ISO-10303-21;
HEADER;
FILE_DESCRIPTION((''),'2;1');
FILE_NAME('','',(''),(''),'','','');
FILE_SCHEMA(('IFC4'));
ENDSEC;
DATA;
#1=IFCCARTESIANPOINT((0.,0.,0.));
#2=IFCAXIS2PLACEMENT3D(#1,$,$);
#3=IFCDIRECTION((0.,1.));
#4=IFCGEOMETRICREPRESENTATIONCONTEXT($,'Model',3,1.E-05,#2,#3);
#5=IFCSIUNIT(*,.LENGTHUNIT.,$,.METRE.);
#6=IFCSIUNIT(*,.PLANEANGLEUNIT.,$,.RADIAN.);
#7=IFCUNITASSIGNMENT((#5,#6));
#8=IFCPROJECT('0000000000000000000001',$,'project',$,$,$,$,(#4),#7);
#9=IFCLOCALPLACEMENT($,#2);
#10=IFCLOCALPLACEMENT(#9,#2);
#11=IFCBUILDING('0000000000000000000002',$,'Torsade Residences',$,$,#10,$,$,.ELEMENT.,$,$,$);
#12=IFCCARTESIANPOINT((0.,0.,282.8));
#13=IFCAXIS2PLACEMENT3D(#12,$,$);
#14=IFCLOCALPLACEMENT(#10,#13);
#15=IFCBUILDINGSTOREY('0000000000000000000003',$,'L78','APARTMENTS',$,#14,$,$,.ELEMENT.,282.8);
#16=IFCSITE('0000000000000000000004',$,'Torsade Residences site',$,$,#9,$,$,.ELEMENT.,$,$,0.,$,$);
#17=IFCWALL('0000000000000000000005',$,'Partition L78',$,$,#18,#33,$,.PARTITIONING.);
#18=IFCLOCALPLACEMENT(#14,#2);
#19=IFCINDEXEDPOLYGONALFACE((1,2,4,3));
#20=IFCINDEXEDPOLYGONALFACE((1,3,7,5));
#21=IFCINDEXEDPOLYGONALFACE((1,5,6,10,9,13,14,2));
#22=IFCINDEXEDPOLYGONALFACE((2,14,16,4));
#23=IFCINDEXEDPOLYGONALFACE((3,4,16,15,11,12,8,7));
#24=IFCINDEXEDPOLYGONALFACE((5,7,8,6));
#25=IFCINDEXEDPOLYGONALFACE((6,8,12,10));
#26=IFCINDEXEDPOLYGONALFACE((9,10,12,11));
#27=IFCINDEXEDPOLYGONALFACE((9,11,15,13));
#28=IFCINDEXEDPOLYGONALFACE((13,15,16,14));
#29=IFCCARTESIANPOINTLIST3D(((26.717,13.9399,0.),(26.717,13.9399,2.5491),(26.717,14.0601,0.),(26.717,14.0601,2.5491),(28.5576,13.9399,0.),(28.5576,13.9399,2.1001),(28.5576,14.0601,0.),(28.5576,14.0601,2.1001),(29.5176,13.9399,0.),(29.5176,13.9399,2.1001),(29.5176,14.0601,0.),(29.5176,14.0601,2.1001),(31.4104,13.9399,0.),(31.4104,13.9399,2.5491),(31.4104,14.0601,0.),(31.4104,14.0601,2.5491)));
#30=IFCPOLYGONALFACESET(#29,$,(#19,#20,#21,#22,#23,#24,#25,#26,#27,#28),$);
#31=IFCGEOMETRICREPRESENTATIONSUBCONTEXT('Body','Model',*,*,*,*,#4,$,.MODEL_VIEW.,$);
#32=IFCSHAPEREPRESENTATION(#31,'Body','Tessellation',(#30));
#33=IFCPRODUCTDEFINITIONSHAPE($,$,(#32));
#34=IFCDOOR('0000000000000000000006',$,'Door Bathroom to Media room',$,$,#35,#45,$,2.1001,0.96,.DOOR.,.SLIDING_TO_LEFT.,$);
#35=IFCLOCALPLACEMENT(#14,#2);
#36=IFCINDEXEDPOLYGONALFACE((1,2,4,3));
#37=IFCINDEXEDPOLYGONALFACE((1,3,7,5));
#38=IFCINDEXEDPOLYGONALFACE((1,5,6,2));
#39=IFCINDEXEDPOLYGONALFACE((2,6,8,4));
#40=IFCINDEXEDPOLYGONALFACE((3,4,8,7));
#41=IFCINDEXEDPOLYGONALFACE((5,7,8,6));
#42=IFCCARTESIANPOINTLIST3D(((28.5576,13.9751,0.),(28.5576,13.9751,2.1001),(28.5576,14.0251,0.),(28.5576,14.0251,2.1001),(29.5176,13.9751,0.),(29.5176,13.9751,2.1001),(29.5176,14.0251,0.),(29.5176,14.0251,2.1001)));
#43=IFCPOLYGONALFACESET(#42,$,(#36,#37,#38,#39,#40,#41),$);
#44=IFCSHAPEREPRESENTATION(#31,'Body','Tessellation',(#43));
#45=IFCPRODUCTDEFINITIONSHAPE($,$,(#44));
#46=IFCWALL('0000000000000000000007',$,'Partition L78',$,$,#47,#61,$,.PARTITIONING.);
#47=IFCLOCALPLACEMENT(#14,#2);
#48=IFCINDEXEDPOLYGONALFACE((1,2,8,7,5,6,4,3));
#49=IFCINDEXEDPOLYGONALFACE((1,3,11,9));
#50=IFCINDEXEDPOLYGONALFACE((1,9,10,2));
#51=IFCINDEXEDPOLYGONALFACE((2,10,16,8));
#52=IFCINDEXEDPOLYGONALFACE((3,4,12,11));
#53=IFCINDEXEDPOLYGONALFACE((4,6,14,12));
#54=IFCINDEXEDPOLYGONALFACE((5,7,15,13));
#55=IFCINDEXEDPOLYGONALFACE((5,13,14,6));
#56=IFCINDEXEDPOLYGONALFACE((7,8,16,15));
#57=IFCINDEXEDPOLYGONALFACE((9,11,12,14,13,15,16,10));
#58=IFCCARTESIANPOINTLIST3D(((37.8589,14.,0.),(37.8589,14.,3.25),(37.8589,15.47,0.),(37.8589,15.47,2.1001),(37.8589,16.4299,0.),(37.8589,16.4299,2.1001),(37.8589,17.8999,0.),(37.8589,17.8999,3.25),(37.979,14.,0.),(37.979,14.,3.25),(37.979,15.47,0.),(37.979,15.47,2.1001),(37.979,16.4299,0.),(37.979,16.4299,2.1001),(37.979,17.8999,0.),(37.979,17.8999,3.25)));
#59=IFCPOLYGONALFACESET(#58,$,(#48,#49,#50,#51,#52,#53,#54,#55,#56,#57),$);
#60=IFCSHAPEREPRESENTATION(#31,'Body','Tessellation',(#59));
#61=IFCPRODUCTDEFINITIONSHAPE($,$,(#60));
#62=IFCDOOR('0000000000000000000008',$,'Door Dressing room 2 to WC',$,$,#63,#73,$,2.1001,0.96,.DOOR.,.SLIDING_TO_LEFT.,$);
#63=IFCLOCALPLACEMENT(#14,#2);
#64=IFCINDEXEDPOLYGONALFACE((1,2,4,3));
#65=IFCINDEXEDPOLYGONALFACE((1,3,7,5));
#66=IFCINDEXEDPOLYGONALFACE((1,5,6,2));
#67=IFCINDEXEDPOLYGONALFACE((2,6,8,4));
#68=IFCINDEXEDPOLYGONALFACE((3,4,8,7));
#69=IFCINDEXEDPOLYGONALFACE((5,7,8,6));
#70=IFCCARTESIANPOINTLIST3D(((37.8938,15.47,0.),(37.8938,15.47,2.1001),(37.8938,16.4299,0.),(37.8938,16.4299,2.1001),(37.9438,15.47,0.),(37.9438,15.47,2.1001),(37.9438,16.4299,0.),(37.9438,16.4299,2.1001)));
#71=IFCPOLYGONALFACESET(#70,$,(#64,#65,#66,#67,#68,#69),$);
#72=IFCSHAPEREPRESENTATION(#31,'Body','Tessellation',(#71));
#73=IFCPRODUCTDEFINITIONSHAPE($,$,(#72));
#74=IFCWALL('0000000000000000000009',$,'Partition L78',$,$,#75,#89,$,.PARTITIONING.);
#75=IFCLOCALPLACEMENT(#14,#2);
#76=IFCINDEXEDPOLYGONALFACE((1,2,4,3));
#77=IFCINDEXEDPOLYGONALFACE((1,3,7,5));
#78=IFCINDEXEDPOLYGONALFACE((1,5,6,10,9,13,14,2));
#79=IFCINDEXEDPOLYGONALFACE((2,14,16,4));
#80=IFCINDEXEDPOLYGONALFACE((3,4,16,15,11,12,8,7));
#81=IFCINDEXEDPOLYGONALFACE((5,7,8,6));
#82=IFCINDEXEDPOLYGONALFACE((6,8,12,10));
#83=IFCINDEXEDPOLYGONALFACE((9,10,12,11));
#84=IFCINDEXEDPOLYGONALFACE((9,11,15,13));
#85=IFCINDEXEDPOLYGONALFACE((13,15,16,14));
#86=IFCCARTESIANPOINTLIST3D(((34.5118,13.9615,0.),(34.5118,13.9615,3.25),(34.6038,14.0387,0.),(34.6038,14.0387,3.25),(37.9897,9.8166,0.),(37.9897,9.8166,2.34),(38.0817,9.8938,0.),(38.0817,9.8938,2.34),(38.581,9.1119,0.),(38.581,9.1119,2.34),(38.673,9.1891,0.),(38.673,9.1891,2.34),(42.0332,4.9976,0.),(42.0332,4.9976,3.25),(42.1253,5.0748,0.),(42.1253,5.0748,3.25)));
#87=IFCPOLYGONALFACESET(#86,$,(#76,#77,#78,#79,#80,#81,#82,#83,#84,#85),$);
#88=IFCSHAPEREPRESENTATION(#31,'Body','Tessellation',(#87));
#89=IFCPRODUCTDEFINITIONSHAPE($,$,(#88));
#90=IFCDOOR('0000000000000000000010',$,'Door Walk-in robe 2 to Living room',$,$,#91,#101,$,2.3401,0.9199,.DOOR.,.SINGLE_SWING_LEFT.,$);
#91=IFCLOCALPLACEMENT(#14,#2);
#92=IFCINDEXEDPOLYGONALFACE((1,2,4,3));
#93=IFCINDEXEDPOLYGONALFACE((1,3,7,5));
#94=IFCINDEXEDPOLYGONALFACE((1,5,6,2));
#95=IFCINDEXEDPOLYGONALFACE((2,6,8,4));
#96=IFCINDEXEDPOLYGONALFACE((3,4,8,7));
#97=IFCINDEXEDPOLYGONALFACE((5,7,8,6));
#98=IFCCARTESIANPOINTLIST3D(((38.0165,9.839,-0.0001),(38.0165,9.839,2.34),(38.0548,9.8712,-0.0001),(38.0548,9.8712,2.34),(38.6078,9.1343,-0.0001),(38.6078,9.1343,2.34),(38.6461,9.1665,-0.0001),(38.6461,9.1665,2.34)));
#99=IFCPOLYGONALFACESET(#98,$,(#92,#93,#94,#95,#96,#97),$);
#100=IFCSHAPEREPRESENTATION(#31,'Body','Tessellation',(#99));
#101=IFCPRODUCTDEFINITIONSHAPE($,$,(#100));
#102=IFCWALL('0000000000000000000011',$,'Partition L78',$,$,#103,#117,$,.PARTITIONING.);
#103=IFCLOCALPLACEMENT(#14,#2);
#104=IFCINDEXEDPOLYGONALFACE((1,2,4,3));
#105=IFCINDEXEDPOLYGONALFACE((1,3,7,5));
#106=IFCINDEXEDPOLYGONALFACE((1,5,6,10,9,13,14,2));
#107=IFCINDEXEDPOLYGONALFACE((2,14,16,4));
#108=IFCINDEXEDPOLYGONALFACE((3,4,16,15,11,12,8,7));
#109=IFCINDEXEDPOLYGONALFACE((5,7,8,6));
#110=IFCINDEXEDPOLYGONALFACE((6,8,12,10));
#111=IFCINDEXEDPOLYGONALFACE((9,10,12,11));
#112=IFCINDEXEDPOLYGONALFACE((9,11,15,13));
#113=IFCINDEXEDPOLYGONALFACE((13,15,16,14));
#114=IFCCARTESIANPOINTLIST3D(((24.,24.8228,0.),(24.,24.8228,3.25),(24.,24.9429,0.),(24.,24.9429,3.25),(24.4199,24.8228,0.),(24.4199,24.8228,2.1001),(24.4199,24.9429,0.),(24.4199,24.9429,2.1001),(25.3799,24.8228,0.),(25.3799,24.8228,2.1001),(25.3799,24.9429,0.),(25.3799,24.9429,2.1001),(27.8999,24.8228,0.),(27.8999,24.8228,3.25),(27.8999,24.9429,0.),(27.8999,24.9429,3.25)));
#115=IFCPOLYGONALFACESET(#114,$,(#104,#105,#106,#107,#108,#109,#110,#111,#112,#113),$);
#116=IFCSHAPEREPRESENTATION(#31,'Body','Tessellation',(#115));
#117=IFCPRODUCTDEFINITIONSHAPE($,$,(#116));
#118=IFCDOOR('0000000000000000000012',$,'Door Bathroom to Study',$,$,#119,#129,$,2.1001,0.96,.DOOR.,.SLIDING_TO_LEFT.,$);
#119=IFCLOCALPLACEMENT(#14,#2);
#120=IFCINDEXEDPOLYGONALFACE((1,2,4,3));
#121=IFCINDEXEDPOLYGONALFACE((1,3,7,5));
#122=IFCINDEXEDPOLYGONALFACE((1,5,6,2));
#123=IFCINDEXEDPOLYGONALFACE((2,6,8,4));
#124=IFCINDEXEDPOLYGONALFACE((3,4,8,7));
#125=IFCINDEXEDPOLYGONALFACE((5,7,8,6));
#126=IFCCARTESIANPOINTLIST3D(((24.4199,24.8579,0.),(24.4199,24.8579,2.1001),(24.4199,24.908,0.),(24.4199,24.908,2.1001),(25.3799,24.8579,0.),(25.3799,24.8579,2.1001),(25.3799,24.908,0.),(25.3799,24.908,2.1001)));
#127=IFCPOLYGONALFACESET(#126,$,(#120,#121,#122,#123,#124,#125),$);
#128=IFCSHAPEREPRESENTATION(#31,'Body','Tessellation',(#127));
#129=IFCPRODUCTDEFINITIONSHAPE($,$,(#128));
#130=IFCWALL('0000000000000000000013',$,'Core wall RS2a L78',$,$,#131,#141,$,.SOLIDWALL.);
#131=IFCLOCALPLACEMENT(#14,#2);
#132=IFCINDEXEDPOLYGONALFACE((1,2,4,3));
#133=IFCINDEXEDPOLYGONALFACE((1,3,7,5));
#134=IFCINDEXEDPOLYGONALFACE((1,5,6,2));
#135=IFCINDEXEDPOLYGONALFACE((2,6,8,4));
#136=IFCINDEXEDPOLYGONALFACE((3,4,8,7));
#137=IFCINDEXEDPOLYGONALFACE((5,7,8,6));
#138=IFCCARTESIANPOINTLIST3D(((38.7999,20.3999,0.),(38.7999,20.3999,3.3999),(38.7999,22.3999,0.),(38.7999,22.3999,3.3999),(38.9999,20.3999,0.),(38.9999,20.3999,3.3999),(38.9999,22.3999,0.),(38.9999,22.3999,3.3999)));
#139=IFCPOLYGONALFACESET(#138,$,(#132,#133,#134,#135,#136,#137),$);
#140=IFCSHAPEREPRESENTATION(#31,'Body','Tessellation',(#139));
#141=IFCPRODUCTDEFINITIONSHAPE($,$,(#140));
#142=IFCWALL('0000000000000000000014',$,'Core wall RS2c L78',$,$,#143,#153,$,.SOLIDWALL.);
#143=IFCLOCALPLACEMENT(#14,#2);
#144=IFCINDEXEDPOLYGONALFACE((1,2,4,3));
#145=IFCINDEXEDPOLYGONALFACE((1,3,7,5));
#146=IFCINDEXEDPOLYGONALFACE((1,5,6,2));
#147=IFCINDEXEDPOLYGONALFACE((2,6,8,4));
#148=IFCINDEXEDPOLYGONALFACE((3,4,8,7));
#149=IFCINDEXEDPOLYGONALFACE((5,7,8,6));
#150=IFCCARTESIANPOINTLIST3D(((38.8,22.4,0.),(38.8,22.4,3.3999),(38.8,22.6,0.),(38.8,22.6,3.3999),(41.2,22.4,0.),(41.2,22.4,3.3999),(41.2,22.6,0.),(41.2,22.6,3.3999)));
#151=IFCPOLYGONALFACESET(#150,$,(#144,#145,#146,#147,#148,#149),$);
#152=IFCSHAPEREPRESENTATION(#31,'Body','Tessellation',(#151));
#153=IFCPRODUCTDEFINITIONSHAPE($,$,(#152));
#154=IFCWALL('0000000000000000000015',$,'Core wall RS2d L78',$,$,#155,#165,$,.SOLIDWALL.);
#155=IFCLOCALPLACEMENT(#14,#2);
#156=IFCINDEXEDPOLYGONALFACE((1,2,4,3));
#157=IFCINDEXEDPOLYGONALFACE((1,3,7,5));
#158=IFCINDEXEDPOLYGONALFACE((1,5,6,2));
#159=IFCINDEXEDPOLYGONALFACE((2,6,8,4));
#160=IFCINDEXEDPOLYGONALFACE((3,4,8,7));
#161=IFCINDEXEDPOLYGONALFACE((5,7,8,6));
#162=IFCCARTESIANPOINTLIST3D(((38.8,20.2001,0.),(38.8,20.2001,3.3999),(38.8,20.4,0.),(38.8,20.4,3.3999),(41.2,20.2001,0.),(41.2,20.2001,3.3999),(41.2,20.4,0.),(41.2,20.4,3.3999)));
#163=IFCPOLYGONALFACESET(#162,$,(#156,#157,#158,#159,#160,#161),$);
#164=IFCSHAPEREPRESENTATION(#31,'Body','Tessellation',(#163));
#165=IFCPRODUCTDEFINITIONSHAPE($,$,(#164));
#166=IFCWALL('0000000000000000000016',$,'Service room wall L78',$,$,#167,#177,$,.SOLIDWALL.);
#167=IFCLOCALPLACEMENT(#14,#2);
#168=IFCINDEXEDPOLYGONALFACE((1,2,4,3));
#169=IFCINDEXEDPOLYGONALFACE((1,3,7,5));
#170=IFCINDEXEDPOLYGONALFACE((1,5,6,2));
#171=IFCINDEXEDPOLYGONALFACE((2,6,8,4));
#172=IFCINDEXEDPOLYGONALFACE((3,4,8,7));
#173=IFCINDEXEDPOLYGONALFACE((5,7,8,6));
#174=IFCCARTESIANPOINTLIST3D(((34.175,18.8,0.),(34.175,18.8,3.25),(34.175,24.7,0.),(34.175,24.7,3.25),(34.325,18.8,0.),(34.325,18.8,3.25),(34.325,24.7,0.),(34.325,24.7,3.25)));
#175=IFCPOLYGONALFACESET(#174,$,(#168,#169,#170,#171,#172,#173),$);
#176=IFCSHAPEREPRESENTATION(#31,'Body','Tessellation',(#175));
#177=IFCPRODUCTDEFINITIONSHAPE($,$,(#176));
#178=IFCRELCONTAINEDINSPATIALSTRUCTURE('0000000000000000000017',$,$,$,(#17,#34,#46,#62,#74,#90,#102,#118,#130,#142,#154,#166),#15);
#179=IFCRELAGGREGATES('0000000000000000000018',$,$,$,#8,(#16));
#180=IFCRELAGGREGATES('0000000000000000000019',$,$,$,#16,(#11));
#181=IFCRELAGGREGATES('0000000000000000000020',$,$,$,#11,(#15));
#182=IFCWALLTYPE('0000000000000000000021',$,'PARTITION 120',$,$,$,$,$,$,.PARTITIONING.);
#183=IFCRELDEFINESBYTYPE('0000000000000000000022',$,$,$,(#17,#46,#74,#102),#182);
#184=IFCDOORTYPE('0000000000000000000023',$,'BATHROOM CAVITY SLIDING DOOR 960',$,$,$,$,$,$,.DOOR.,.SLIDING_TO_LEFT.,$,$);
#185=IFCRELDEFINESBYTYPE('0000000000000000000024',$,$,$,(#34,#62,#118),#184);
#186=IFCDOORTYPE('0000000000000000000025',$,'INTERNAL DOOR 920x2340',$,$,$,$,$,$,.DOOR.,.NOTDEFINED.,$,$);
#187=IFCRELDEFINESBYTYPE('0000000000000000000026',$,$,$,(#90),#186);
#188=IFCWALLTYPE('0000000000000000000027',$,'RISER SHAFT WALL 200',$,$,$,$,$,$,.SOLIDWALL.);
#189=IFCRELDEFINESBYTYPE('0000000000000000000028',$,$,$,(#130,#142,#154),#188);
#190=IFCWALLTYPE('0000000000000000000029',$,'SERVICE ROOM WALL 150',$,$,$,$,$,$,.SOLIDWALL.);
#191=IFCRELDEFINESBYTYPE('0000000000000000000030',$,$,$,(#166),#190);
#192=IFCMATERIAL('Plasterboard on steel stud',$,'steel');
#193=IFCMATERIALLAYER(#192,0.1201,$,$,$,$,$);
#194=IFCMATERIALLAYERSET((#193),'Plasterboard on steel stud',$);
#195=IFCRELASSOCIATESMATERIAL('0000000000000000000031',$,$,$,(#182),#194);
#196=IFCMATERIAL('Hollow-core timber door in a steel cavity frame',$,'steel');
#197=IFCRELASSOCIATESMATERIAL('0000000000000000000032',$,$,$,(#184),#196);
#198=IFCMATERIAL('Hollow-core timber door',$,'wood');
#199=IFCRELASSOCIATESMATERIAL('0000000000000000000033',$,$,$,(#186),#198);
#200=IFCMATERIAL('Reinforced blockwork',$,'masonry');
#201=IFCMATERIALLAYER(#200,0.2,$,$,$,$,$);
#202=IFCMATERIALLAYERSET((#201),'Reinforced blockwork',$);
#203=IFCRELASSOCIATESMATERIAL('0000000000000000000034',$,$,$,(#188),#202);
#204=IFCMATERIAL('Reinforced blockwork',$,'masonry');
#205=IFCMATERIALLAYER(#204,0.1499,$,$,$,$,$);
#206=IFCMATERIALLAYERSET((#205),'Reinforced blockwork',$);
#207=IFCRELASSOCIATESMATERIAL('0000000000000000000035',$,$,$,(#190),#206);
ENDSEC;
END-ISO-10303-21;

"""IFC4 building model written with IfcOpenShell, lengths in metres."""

from ifc_helpers import new_model, si_unit, direction, frame, frame_2d, origin, place, context, subcontext, project, spatial, rectangle, extrude, material, layer, layer_set, type_object, element, fill, save


model = new_model("IFC4")

# Units and contexts
model_context = context("Model", 3, precision=1e-05, world=origin(), true_north=direction((0.0, 1.0)))
body_context = subcontext(model_context, "Body", "Model", "MODEL_VIEW")
ifc_project = project(units=[si_unit("LENGTHUNIT", "METRE"), si_unit("PLANEANGLEUNIT", "RADIAN")], contexts=[model_context])

# Site, building, storey
site_placement = place(None, origin())
site = spatial("IfcSite", under=ifc_project, at=site_placement, Name="Torsade Residences site", CompositionType="ELEMENT", RefElevation=0.0)
building_placement = place(site_placement, origin())
building = spatial("IfcBuilding", under=site, at=building_placement, Name="Torsade Residences", CompositionType="ELEMENT")
storey_placement = place(building_placement, frame((0.0, 0.0, 282.8)))
storey = spatial("IfcBuildingStorey", under=building, at=storey_placement, Name="L78", Description="APARTMENTS", CompositionType="ELEMENT", Elevation=282.8)

# Walls, openings, doors
ifc_material_1 = material(Name="Plasterboard on steel stud", Category="steel")
ifc_layer_1 = layer(ifc_material_1, 0.1201)
ifc_layer_set_1 = layer_set([ifc_layer_1], Name="Plasterboard on steel stud")
wall_type_1 = type_object("IfcWallType", Name="PARTITION 120", PredefinedType="PARTITIONING", material=ifc_layer_set_1)
wall_1_placement = place(storey_placement, frame((31.4104, 14.0, 0.0), z_axis=(0.0, 0.0, 1.0), x_axis=(-1.0, 0.0, 0.0)))
wall_1 = element("IfcWall", 1, at=wall_1_placement, inside=storey, type_object=wall_type_1, Name="Partition L78", PredefinedType="PARTITIONING", context=body_context, shape_type="SweptSolid", body=[
    extrude(rectangle(XDim=4.6934, YDim=0.1201, at=frame_2d((2.3467, 0.0))), origin(), (0.0, 0.0, 1.0), 2.5491),
])
opening_1_placement = place(wall_1_placement, frame((1.8928, 0.0, 0.0)))
opening_1 = element("IfcOpeningElement", 2, at=opening_1_placement, cuts=wall_1, PredefinedType="OPENING", context=body_context, shape_type="SweptSolid", body=[
    extrude(rectangle(XDim=0.96, YDim=2.1001, at=frame_2d((0.48, 1.05))), frame((0.0, 0.0701, 0.0), z_axis=(0.0, -1.0, 0.0), x_axis=(1.0, 0.0, 0.0)), (0.0, 0.0, 1.0), 0.1401),
])
ifc_material_2 = material(Name="Hollow-core timber door in a steel cavity frame", Category="steel")
door_type_1 = type_object("IfcDoorType", Name="BATHROOM CAVITY SLIDING DOOR 960", OperationType="SLIDING_TO_LEFT", PredefinedType="DOOR", material=ifc_material_2)
door_1_placement = place(opening_1_placement, origin())
door_1 = element("IfcDoor", 3, at=door_1_placement, inside=storey, type_object=door_type_1, Name="Door Bathroom to Media room", OperationType="SLIDING_TO_LEFT", OverallHeight=2.1001, OverallWidth=0.96, PredefinedType="DOOR", context=body_context, shape_type="SweptSolid", body=[
    extrude(rectangle(XDim=0.96, YDim=2.1001, at=frame_2d((0.48, 1.05))), frame((0.0, 0.0249, 0.0), z_axis=(0.0, -1.0, 0.0), x_axis=(1.0, 0.0, 0.0)), (0.0, 0.0, 1.0), 0.05),
])
fill(opening_1, door_1)
wall_2_placement = place(storey_placement, frame((37.9189, 17.8999, 0.0), z_axis=(0.0, 0.0, 1.0), x_axis=(0.0, -1.0, 0.0)))
wall_2 = element("IfcWall", 4, at=wall_2_placement, inside=storey, type_object=wall_type_1, Name="Partition L78", PredefinedType="PARTITIONING", context=body_context, shape_type="SweptSolid", body=[
    extrude(rectangle(XDim=3.8999, YDim=0.1201, at=frame_2d((1.95, 0.0))), origin(), (0.0, 0.0, 1.0), 3.25),
])
opening_2_placement = place(wall_2_placement, frame((1.47, 0.0, 0.0)))
opening_2 = element("IfcOpeningElement", 5, at=opening_2_placement, cuts=wall_2, PredefinedType="OPENING", context=body_context, shape_type="SweptSolid", body=[
    extrude(rectangle(XDim=0.96, YDim=2.1001, at=frame_2d((0.48, 1.05))), frame((0.0, 0.0701, 0.0), z_axis=(0.0, -1.0, 0.0), x_axis=(1.0, 0.0, 0.0)), (0.0, 0.0, 1.0), 0.1401),
])
door_2_placement = place(opening_2_placement, origin())
door_2 = element("IfcDoor", 6, at=door_2_placement, inside=storey, type_object=door_type_1, Name="Door Dressing room 2 to WC", OperationType="SLIDING_TO_LEFT", OverallHeight=2.1001, OverallWidth=0.96, PredefinedType="DOOR", context=body_context, shape_type="SweptSolid", body=[
    extrude(rectangle(XDim=0.96, YDim=2.1001, at=frame_2d((0.48, 1.05))), frame((0.0, 0.0249, 0.0), z_axis=(0.0, -1.0, 0.0), x_axis=(1.0, 0.0, 0.0)), (0.0, 0.0, 1.0), 0.05),
])
fill(opening_2, door_2)
wall_3_placement = place(storey_placement, frame((34.5579, 14.0, 0.0), z_axis=(0.0, 0.0, 1.0), x_axis=(0.642783, -0.766048, 0.0)))
wall_3 = element("IfcWall", 7, at=wall_3_placement, inside=storey, type_object=wall_type_1, Name="Partition L78", PredefinedType="PARTITIONING", context=body_context, shape_type="SweptSolid", body=[
    extrude(rectangle(XDim=11.7014, YDim=0.1201, at=frame_2d((5.8506, 0.0))), origin(), (0.0, 0.0, 1.0), 3.25),
])
opening_3_placement = place(wall_3_placement, frame((5.4106, 0.0, 0.0)))
opening_3 = element("IfcOpeningElement", 8, at=opening_3_placement, cuts=wall_3, PredefinedType="OPENING", context=body_context, shape_type="SweptSolid", body=[
    extrude(rectangle(XDim=0.9199, YDim=2.3401, at=frame_2d((0.46, 1.1699))), frame((0.0, 0.0701, 0.0), z_axis=(0.0, -1.0, 0.0), x_axis=(1.0, 0.0, 0.0)), (0.0, 0.0, 1.0), 0.1401),
])
ifc_material_3 = material(Name="Hollow-core timber door", Category="wood")
door_type_2 = type_object("IfcDoorType", Name="INTERNAL DOOR 920x2340", OperationType="NOTDEFINED", PredefinedType="DOOR", material=ifc_material_3)
door_3_placement = place(opening_3_placement, origin())
door_3 = element("IfcDoor", 9, at=door_3_placement, inside=storey, type_object=door_type_2, Name="Door Walk-in robe 2 to Living room", OperationType="SINGLE_SWING_LEFT", OverallHeight=2.3401, OverallWidth=0.9199, PredefinedType="DOOR", context=body_context, shape_type="SweptSolid", body=[
    extrude(rectangle(XDim=0.9199, YDim=2.3401, at=frame_2d((0.46, 1.1699))), frame((0.0, 0.0249, 0.0), z_axis=(0.0, -1.0, 0.0), x_axis=(1.0, 0.0, 0.0)), (0.0, 0.0, 1.0), 0.05),
])
fill(opening_3, door_3)
wall_4_placement = place(storey_placement, frame((27.8999, 24.8828, 0.0), z_axis=(0.0, 0.0, 1.0), x_axis=(-1.0, 0.0, 0.0)))
wall_4 = element("IfcWall", 10, at=wall_4_placement, inside=storey, type_object=wall_type_1, Name="Partition L78", PredefinedType="PARTITIONING", context=body_context, shape_type="SweptSolid", body=[
    extrude(rectangle(XDim=3.8999, YDim=0.1201, at=frame_2d((1.95, 0.0))), origin(), (0.0, 0.0, 1.0), 3.25),
])
opening_4_placement = place(wall_4_placement, frame((2.52, 0.0, 0.0)))
opening_4 = element("IfcOpeningElement", 11, at=opening_4_placement, cuts=wall_4, PredefinedType="OPENING", context=body_context, shape_type="SweptSolid", body=[
    extrude(rectangle(XDim=0.96, YDim=2.1001, at=frame_2d((0.48, 1.05))), frame((0.0, 0.0701, 0.0), z_axis=(0.0, -1.0, 0.0), x_axis=(1.0, 0.0, 0.0)), (0.0, 0.0, 1.0), 0.1401),
])
door_4_placement = place(opening_4_placement, origin())
door_4 = element("IfcDoor", 12, at=door_4_placement, inside=storey, type_object=door_type_1, Name="Door Bathroom to Study", OperationType="SLIDING_TO_LEFT", OverallHeight=2.1001, OverallWidth=0.96, PredefinedType="DOOR", context=body_context, shape_type="SweptSolid", body=[
    extrude(rectangle(XDim=0.96, YDim=2.1001, at=frame_2d((0.48, 1.05))), frame((0.0, 0.0249, 0.0), z_axis=(0.0, -1.0, 0.0), x_axis=(1.0, 0.0, 0.0)), (0.0, 0.0, 1.0), 0.05),
])
fill(opening_4, door_4)

# Walls
ifc_material_4 = material(Name="Reinforced blockwork", Category="masonry")
ifc_layer_2 = layer(ifc_material_4, 0.2)
ifc_layer_set_2 = layer_set([ifc_layer_2], Name="Reinforced blockwork")
wall_type_2 = type_object("IfcWallType", Name="RISER SHAFT WALL 200", PredefinedType="SOLIDWALL", material=ifc_layer_set_2)
wall_5_placement = place(storey_placement, frame((38.8999, 22.3999, 0.0), z_axis=(0.0, 0.0, 1.0), x_axis=(0.0, -1.0, 0.0)))
element("IfcWall", 13, at=wall_5_placement, inside=storey, type_object=wall_type_2, Name="Core wall RS2a L78", PredefinedType="SOLIDWALL", context=body_context, shape_type="SweptSolid", body=[
    extrude(rectangle(XDim=2.0, YDim=0.2, at=frame_2d((1.0, 0.0))), origin(), (0.0, 0.0, 1.0), 3.3999),
])
for number, where, z_axis, x_axis, name in (
    (14, (38.8, 22.5, 0.0), (0.0, 0.0, 1.0), (1.0, 0.0, 0.0), "Core wall RS2c L78"),
    (15, (38.8, 20.3, 0.0), (0.0, 0.0, 1.0), (1.0, 0.0, 0.0), "Core wall RS2d L78"),
):
    element("IfcWall", number, at=place(storey_placement, frame(where, z_axis=z_axis, x_axis=x_axis)), inside=storey, type_object=wall_type_2, Name=name, PredefinedType="SOLIDWALL", context=body_context, shape_type="SweptSolid", body=[
        extrude(rectangle(XDim=2.3999, YDim=0.2, at=frame_2d((1.2, 0.0))), origin(), (0.0, 0.0, 1.0), 3.3999),
    ])
ifc_material_5 = material(Name="Reinforced blockwork", Category="masonry")
ifc_layer_3 = layer(ifc_material_5, 0.1499)
ifc_layer_set_3 = layer_set([ifc_layer_3], Name="Reinforced blockwork")
wall_type_3 = type_object("IfcWallType", Name="SERVICE ROOM WALL 150", PredefinedType="SOLIDWALL", material=ifc_layer_set_3)
wall_6_placement = place(storey_placement, frame((34.25, 18.8, 0.0), z_axis=(0.0, 0.0, 1.0), x_axis=(0.0, 1.0, 0.0)))
element("IfcWall", 16, at=wall_6_placement, inside=storey, type_object=wall_type_3, Name="Service room wall L78", PredefinedType="SOLIDWALL", context=body_context, shape_type="SweptSolid", body=[
    extrude(rectangle(XDim=5.8999, YDim=0.1499, at=frame_2d((2.95, 0.0))), origin(), (0.0, 0.0, 1.0), 3.25),
])

save(model, "model.ifc")
